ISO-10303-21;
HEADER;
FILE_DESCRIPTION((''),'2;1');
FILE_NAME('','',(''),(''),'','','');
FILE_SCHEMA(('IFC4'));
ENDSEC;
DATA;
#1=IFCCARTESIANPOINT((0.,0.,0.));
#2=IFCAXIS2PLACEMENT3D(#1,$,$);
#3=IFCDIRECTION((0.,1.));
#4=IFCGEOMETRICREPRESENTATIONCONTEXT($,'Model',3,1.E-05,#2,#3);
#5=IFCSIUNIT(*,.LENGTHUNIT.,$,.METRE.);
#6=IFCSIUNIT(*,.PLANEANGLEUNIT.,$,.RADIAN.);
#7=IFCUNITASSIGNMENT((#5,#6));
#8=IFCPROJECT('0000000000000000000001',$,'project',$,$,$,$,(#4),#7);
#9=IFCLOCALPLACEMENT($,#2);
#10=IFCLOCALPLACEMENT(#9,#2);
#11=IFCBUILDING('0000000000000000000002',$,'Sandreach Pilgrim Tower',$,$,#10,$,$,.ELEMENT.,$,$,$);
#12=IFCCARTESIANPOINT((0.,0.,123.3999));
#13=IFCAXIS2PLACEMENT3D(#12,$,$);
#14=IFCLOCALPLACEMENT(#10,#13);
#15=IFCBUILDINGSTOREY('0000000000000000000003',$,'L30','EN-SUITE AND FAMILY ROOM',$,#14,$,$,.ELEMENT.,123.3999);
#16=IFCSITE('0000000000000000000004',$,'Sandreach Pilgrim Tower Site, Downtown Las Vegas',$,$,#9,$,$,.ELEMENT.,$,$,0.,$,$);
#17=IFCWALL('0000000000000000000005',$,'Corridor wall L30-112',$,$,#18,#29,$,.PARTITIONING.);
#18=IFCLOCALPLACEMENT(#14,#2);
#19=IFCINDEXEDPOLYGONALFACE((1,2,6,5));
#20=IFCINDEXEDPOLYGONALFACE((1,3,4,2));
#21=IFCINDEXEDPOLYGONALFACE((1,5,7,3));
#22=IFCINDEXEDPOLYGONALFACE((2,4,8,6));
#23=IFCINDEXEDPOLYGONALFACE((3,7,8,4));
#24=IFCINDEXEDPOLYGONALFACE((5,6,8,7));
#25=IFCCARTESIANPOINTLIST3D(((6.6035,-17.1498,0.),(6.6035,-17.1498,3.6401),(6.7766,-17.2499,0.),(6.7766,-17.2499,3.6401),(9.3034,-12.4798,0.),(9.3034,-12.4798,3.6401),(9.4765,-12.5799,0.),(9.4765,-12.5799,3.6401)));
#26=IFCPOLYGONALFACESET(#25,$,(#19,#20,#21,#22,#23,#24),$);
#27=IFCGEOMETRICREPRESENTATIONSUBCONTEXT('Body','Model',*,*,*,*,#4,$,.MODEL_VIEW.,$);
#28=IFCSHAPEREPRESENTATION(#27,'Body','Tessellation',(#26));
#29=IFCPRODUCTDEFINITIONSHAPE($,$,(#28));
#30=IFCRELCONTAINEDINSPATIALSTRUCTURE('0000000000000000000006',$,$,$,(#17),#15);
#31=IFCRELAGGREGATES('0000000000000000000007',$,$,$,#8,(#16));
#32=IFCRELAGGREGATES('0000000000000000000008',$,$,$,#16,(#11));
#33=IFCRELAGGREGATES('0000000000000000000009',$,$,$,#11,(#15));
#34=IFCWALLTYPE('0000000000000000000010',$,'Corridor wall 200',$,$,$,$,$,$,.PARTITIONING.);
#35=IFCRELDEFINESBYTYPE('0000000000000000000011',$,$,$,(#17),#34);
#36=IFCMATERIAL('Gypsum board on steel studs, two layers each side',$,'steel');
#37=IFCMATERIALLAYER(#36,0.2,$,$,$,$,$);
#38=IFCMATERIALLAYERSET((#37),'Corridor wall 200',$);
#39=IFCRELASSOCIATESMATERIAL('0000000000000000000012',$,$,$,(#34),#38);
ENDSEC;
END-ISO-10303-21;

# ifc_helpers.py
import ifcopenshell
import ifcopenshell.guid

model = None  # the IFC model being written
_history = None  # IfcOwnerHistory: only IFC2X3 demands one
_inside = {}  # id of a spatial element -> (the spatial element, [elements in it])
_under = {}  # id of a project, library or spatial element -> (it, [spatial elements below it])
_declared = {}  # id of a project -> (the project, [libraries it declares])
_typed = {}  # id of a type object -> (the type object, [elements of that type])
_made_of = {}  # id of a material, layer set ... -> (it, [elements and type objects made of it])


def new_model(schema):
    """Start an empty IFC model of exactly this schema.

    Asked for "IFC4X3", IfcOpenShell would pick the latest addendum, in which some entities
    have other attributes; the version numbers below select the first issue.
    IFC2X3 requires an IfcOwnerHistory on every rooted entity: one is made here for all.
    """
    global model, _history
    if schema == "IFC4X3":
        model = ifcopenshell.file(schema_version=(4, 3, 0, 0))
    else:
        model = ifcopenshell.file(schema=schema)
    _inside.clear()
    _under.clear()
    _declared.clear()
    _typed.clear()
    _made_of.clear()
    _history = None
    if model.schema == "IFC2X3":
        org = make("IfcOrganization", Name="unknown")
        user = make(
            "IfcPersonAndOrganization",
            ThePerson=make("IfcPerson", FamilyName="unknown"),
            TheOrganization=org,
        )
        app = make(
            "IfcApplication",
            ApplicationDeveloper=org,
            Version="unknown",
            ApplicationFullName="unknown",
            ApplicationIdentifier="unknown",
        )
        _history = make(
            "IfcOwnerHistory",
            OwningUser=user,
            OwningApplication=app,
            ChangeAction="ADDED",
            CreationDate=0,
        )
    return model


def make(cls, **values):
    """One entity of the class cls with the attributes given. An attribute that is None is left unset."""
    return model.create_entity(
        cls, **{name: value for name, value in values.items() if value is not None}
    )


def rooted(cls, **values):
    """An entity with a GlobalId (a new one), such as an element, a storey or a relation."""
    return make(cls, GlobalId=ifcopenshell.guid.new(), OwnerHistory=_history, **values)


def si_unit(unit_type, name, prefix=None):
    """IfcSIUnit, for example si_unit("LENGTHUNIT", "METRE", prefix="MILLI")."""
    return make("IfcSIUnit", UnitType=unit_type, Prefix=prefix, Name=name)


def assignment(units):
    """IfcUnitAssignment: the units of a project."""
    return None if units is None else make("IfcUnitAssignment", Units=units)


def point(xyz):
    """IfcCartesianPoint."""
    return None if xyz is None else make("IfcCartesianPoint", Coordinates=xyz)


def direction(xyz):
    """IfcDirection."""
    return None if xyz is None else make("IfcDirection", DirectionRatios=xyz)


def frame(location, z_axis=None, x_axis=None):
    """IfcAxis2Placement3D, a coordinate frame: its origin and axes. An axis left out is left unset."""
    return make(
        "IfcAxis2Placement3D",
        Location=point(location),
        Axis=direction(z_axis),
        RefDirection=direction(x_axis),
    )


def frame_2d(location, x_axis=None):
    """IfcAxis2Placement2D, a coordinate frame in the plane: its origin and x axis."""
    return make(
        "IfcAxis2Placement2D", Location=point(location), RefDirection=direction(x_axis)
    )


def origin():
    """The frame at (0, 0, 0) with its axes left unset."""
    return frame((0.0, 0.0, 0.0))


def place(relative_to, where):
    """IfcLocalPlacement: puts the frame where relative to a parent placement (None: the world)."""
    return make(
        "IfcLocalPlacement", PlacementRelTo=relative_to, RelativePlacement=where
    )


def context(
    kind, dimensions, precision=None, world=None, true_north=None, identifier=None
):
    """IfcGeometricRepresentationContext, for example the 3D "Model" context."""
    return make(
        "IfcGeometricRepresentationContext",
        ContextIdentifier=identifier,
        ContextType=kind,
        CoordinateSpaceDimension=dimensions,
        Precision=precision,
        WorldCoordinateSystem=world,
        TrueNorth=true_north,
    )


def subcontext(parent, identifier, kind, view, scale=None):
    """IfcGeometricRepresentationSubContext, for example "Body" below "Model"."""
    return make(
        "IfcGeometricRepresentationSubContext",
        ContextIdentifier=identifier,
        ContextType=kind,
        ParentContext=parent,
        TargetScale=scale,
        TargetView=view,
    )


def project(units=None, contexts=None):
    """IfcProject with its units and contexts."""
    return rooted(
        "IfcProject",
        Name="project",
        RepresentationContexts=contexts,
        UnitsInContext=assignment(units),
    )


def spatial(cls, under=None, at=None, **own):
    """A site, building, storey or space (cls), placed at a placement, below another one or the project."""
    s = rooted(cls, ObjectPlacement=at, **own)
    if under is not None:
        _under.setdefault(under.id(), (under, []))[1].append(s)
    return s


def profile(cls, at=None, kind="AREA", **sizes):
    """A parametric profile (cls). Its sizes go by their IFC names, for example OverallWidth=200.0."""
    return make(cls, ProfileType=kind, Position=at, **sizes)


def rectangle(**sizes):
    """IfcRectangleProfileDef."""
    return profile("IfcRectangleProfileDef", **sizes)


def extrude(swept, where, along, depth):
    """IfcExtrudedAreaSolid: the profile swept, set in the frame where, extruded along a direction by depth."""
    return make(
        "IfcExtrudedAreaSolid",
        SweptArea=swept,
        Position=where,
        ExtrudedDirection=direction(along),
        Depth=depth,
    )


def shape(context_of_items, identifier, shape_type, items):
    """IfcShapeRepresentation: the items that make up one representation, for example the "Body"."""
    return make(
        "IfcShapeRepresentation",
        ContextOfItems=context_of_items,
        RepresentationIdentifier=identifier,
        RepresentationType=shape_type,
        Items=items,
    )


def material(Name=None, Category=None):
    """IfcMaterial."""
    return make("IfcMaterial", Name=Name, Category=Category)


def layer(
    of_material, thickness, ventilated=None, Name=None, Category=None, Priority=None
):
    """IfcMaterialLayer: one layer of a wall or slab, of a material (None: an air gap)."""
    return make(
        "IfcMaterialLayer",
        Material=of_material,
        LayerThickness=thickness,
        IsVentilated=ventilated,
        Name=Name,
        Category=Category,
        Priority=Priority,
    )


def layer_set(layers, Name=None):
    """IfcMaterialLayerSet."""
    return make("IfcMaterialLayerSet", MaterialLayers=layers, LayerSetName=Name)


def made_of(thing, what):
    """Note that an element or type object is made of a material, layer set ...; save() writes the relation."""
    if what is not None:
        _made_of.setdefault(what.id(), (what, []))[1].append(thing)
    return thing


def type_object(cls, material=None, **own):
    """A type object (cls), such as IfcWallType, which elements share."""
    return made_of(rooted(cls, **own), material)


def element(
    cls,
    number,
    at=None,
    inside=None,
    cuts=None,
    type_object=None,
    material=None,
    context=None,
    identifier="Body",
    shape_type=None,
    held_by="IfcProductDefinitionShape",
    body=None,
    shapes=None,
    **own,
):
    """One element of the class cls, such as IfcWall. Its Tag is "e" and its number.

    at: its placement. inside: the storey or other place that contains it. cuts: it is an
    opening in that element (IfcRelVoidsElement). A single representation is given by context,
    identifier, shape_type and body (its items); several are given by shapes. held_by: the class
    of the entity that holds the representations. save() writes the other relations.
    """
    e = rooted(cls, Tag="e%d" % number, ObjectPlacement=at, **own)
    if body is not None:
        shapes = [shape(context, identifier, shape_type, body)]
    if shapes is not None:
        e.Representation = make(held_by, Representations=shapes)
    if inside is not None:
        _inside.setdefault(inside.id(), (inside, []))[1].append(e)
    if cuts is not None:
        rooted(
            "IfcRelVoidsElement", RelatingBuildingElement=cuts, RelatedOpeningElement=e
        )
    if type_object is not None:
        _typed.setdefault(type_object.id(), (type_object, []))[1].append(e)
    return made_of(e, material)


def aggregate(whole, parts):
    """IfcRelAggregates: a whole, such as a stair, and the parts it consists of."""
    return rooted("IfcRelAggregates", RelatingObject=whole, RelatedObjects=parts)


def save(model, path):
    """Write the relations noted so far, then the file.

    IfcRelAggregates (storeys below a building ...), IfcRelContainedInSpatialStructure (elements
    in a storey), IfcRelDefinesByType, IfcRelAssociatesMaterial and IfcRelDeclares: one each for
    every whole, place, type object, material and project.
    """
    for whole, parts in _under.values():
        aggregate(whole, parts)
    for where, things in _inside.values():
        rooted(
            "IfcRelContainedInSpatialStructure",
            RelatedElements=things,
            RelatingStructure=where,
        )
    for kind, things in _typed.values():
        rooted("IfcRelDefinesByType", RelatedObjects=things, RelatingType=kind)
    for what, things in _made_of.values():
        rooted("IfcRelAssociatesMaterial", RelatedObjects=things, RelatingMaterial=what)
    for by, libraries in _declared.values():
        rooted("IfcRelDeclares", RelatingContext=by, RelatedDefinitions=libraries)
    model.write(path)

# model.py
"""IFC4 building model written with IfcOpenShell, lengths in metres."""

from ifc_helpers import new_model, si_unit, direction, frame, frame_2d, origin, place, context, subcontext, project, spatial, rectangle, extrude, material, layer, layer_set, type_object, element, save


model = new_model("IFC4")

# Units and contexts
model_context = context("Model", 3, precision=1e-05, world=origin(), true_north=direction((0.0, 1.0)))
body_context = subcontext(model_context, "Body", "Model", "MODEL_VIEW")
ifc_project = project(units=[si_unit("LENGTHUNIT", "METRE"), si_unit("PLANEANGLEUNIT", "RADIAN")], contexts=[model_context])

# Site, building, storey
site_placement = place(None, origin())
site = spatial("IfcSite", under=ifc_project, at=site_placement, Name="Sandreach Pilgrim Tower Site, Downtown Las Vegas", CompositionType="ELEMENT", RefElevation=0.0)
building_placement = place(site_placement, origin())
building = spatial("IfcBuilding", under=site, at=building_placement, Name="Sandreach Pilgrim Tower", CompositionType="ELEMENT")
storey_placement = place(building_placement, frame((0.0, 0.0, 123.3999)))
storey = spatial("IfcBuildingStorey", under=building, at=storey_placement, Name="L30", Description="EN-SUITE AND FAMILY ROOM", CompositionType="ELEMENT", Elevation=123.3999)

# Shared definitions
ifc_material_1 = material(Name="Gypsum board on steel studs, two layers each side", Category="steel")
ifc_layer_1 = layer(ifc_material_1, 0.2)
ifc_layer_set_1 = layer_set([ifc_layer_1], Name="Corridor wall 200")
wall_type_1 = type_object("IfcWallType", Name="Corridor wall 200", PredefinedType="PARTITIONING", material=ifc_layer_set_1)

# Wall
wall_1_placement = place(storey_placement, frame((6.6899, -17.2, 0.0), z_axis=(0.0, 0.0, 1.0), x_axis=(0.500524, 0.865723, 0.0)))
element("IfcWall", 1, at=wall_1_placement, inside=storey, type_object=wall_type_1, Name="Corridor wall L30-112", PredefinedType="PARTITIONING", context=body_context, shape_type="SweptSolid", body=[
    extrude(rectangle(XDim=5.3943, YDim=0.2, at=frame_2d((2.6973, 0.0))), origin(), (0.0, 0.0, 1.0), 3.6401),
])

save(model, "model.ifc")
